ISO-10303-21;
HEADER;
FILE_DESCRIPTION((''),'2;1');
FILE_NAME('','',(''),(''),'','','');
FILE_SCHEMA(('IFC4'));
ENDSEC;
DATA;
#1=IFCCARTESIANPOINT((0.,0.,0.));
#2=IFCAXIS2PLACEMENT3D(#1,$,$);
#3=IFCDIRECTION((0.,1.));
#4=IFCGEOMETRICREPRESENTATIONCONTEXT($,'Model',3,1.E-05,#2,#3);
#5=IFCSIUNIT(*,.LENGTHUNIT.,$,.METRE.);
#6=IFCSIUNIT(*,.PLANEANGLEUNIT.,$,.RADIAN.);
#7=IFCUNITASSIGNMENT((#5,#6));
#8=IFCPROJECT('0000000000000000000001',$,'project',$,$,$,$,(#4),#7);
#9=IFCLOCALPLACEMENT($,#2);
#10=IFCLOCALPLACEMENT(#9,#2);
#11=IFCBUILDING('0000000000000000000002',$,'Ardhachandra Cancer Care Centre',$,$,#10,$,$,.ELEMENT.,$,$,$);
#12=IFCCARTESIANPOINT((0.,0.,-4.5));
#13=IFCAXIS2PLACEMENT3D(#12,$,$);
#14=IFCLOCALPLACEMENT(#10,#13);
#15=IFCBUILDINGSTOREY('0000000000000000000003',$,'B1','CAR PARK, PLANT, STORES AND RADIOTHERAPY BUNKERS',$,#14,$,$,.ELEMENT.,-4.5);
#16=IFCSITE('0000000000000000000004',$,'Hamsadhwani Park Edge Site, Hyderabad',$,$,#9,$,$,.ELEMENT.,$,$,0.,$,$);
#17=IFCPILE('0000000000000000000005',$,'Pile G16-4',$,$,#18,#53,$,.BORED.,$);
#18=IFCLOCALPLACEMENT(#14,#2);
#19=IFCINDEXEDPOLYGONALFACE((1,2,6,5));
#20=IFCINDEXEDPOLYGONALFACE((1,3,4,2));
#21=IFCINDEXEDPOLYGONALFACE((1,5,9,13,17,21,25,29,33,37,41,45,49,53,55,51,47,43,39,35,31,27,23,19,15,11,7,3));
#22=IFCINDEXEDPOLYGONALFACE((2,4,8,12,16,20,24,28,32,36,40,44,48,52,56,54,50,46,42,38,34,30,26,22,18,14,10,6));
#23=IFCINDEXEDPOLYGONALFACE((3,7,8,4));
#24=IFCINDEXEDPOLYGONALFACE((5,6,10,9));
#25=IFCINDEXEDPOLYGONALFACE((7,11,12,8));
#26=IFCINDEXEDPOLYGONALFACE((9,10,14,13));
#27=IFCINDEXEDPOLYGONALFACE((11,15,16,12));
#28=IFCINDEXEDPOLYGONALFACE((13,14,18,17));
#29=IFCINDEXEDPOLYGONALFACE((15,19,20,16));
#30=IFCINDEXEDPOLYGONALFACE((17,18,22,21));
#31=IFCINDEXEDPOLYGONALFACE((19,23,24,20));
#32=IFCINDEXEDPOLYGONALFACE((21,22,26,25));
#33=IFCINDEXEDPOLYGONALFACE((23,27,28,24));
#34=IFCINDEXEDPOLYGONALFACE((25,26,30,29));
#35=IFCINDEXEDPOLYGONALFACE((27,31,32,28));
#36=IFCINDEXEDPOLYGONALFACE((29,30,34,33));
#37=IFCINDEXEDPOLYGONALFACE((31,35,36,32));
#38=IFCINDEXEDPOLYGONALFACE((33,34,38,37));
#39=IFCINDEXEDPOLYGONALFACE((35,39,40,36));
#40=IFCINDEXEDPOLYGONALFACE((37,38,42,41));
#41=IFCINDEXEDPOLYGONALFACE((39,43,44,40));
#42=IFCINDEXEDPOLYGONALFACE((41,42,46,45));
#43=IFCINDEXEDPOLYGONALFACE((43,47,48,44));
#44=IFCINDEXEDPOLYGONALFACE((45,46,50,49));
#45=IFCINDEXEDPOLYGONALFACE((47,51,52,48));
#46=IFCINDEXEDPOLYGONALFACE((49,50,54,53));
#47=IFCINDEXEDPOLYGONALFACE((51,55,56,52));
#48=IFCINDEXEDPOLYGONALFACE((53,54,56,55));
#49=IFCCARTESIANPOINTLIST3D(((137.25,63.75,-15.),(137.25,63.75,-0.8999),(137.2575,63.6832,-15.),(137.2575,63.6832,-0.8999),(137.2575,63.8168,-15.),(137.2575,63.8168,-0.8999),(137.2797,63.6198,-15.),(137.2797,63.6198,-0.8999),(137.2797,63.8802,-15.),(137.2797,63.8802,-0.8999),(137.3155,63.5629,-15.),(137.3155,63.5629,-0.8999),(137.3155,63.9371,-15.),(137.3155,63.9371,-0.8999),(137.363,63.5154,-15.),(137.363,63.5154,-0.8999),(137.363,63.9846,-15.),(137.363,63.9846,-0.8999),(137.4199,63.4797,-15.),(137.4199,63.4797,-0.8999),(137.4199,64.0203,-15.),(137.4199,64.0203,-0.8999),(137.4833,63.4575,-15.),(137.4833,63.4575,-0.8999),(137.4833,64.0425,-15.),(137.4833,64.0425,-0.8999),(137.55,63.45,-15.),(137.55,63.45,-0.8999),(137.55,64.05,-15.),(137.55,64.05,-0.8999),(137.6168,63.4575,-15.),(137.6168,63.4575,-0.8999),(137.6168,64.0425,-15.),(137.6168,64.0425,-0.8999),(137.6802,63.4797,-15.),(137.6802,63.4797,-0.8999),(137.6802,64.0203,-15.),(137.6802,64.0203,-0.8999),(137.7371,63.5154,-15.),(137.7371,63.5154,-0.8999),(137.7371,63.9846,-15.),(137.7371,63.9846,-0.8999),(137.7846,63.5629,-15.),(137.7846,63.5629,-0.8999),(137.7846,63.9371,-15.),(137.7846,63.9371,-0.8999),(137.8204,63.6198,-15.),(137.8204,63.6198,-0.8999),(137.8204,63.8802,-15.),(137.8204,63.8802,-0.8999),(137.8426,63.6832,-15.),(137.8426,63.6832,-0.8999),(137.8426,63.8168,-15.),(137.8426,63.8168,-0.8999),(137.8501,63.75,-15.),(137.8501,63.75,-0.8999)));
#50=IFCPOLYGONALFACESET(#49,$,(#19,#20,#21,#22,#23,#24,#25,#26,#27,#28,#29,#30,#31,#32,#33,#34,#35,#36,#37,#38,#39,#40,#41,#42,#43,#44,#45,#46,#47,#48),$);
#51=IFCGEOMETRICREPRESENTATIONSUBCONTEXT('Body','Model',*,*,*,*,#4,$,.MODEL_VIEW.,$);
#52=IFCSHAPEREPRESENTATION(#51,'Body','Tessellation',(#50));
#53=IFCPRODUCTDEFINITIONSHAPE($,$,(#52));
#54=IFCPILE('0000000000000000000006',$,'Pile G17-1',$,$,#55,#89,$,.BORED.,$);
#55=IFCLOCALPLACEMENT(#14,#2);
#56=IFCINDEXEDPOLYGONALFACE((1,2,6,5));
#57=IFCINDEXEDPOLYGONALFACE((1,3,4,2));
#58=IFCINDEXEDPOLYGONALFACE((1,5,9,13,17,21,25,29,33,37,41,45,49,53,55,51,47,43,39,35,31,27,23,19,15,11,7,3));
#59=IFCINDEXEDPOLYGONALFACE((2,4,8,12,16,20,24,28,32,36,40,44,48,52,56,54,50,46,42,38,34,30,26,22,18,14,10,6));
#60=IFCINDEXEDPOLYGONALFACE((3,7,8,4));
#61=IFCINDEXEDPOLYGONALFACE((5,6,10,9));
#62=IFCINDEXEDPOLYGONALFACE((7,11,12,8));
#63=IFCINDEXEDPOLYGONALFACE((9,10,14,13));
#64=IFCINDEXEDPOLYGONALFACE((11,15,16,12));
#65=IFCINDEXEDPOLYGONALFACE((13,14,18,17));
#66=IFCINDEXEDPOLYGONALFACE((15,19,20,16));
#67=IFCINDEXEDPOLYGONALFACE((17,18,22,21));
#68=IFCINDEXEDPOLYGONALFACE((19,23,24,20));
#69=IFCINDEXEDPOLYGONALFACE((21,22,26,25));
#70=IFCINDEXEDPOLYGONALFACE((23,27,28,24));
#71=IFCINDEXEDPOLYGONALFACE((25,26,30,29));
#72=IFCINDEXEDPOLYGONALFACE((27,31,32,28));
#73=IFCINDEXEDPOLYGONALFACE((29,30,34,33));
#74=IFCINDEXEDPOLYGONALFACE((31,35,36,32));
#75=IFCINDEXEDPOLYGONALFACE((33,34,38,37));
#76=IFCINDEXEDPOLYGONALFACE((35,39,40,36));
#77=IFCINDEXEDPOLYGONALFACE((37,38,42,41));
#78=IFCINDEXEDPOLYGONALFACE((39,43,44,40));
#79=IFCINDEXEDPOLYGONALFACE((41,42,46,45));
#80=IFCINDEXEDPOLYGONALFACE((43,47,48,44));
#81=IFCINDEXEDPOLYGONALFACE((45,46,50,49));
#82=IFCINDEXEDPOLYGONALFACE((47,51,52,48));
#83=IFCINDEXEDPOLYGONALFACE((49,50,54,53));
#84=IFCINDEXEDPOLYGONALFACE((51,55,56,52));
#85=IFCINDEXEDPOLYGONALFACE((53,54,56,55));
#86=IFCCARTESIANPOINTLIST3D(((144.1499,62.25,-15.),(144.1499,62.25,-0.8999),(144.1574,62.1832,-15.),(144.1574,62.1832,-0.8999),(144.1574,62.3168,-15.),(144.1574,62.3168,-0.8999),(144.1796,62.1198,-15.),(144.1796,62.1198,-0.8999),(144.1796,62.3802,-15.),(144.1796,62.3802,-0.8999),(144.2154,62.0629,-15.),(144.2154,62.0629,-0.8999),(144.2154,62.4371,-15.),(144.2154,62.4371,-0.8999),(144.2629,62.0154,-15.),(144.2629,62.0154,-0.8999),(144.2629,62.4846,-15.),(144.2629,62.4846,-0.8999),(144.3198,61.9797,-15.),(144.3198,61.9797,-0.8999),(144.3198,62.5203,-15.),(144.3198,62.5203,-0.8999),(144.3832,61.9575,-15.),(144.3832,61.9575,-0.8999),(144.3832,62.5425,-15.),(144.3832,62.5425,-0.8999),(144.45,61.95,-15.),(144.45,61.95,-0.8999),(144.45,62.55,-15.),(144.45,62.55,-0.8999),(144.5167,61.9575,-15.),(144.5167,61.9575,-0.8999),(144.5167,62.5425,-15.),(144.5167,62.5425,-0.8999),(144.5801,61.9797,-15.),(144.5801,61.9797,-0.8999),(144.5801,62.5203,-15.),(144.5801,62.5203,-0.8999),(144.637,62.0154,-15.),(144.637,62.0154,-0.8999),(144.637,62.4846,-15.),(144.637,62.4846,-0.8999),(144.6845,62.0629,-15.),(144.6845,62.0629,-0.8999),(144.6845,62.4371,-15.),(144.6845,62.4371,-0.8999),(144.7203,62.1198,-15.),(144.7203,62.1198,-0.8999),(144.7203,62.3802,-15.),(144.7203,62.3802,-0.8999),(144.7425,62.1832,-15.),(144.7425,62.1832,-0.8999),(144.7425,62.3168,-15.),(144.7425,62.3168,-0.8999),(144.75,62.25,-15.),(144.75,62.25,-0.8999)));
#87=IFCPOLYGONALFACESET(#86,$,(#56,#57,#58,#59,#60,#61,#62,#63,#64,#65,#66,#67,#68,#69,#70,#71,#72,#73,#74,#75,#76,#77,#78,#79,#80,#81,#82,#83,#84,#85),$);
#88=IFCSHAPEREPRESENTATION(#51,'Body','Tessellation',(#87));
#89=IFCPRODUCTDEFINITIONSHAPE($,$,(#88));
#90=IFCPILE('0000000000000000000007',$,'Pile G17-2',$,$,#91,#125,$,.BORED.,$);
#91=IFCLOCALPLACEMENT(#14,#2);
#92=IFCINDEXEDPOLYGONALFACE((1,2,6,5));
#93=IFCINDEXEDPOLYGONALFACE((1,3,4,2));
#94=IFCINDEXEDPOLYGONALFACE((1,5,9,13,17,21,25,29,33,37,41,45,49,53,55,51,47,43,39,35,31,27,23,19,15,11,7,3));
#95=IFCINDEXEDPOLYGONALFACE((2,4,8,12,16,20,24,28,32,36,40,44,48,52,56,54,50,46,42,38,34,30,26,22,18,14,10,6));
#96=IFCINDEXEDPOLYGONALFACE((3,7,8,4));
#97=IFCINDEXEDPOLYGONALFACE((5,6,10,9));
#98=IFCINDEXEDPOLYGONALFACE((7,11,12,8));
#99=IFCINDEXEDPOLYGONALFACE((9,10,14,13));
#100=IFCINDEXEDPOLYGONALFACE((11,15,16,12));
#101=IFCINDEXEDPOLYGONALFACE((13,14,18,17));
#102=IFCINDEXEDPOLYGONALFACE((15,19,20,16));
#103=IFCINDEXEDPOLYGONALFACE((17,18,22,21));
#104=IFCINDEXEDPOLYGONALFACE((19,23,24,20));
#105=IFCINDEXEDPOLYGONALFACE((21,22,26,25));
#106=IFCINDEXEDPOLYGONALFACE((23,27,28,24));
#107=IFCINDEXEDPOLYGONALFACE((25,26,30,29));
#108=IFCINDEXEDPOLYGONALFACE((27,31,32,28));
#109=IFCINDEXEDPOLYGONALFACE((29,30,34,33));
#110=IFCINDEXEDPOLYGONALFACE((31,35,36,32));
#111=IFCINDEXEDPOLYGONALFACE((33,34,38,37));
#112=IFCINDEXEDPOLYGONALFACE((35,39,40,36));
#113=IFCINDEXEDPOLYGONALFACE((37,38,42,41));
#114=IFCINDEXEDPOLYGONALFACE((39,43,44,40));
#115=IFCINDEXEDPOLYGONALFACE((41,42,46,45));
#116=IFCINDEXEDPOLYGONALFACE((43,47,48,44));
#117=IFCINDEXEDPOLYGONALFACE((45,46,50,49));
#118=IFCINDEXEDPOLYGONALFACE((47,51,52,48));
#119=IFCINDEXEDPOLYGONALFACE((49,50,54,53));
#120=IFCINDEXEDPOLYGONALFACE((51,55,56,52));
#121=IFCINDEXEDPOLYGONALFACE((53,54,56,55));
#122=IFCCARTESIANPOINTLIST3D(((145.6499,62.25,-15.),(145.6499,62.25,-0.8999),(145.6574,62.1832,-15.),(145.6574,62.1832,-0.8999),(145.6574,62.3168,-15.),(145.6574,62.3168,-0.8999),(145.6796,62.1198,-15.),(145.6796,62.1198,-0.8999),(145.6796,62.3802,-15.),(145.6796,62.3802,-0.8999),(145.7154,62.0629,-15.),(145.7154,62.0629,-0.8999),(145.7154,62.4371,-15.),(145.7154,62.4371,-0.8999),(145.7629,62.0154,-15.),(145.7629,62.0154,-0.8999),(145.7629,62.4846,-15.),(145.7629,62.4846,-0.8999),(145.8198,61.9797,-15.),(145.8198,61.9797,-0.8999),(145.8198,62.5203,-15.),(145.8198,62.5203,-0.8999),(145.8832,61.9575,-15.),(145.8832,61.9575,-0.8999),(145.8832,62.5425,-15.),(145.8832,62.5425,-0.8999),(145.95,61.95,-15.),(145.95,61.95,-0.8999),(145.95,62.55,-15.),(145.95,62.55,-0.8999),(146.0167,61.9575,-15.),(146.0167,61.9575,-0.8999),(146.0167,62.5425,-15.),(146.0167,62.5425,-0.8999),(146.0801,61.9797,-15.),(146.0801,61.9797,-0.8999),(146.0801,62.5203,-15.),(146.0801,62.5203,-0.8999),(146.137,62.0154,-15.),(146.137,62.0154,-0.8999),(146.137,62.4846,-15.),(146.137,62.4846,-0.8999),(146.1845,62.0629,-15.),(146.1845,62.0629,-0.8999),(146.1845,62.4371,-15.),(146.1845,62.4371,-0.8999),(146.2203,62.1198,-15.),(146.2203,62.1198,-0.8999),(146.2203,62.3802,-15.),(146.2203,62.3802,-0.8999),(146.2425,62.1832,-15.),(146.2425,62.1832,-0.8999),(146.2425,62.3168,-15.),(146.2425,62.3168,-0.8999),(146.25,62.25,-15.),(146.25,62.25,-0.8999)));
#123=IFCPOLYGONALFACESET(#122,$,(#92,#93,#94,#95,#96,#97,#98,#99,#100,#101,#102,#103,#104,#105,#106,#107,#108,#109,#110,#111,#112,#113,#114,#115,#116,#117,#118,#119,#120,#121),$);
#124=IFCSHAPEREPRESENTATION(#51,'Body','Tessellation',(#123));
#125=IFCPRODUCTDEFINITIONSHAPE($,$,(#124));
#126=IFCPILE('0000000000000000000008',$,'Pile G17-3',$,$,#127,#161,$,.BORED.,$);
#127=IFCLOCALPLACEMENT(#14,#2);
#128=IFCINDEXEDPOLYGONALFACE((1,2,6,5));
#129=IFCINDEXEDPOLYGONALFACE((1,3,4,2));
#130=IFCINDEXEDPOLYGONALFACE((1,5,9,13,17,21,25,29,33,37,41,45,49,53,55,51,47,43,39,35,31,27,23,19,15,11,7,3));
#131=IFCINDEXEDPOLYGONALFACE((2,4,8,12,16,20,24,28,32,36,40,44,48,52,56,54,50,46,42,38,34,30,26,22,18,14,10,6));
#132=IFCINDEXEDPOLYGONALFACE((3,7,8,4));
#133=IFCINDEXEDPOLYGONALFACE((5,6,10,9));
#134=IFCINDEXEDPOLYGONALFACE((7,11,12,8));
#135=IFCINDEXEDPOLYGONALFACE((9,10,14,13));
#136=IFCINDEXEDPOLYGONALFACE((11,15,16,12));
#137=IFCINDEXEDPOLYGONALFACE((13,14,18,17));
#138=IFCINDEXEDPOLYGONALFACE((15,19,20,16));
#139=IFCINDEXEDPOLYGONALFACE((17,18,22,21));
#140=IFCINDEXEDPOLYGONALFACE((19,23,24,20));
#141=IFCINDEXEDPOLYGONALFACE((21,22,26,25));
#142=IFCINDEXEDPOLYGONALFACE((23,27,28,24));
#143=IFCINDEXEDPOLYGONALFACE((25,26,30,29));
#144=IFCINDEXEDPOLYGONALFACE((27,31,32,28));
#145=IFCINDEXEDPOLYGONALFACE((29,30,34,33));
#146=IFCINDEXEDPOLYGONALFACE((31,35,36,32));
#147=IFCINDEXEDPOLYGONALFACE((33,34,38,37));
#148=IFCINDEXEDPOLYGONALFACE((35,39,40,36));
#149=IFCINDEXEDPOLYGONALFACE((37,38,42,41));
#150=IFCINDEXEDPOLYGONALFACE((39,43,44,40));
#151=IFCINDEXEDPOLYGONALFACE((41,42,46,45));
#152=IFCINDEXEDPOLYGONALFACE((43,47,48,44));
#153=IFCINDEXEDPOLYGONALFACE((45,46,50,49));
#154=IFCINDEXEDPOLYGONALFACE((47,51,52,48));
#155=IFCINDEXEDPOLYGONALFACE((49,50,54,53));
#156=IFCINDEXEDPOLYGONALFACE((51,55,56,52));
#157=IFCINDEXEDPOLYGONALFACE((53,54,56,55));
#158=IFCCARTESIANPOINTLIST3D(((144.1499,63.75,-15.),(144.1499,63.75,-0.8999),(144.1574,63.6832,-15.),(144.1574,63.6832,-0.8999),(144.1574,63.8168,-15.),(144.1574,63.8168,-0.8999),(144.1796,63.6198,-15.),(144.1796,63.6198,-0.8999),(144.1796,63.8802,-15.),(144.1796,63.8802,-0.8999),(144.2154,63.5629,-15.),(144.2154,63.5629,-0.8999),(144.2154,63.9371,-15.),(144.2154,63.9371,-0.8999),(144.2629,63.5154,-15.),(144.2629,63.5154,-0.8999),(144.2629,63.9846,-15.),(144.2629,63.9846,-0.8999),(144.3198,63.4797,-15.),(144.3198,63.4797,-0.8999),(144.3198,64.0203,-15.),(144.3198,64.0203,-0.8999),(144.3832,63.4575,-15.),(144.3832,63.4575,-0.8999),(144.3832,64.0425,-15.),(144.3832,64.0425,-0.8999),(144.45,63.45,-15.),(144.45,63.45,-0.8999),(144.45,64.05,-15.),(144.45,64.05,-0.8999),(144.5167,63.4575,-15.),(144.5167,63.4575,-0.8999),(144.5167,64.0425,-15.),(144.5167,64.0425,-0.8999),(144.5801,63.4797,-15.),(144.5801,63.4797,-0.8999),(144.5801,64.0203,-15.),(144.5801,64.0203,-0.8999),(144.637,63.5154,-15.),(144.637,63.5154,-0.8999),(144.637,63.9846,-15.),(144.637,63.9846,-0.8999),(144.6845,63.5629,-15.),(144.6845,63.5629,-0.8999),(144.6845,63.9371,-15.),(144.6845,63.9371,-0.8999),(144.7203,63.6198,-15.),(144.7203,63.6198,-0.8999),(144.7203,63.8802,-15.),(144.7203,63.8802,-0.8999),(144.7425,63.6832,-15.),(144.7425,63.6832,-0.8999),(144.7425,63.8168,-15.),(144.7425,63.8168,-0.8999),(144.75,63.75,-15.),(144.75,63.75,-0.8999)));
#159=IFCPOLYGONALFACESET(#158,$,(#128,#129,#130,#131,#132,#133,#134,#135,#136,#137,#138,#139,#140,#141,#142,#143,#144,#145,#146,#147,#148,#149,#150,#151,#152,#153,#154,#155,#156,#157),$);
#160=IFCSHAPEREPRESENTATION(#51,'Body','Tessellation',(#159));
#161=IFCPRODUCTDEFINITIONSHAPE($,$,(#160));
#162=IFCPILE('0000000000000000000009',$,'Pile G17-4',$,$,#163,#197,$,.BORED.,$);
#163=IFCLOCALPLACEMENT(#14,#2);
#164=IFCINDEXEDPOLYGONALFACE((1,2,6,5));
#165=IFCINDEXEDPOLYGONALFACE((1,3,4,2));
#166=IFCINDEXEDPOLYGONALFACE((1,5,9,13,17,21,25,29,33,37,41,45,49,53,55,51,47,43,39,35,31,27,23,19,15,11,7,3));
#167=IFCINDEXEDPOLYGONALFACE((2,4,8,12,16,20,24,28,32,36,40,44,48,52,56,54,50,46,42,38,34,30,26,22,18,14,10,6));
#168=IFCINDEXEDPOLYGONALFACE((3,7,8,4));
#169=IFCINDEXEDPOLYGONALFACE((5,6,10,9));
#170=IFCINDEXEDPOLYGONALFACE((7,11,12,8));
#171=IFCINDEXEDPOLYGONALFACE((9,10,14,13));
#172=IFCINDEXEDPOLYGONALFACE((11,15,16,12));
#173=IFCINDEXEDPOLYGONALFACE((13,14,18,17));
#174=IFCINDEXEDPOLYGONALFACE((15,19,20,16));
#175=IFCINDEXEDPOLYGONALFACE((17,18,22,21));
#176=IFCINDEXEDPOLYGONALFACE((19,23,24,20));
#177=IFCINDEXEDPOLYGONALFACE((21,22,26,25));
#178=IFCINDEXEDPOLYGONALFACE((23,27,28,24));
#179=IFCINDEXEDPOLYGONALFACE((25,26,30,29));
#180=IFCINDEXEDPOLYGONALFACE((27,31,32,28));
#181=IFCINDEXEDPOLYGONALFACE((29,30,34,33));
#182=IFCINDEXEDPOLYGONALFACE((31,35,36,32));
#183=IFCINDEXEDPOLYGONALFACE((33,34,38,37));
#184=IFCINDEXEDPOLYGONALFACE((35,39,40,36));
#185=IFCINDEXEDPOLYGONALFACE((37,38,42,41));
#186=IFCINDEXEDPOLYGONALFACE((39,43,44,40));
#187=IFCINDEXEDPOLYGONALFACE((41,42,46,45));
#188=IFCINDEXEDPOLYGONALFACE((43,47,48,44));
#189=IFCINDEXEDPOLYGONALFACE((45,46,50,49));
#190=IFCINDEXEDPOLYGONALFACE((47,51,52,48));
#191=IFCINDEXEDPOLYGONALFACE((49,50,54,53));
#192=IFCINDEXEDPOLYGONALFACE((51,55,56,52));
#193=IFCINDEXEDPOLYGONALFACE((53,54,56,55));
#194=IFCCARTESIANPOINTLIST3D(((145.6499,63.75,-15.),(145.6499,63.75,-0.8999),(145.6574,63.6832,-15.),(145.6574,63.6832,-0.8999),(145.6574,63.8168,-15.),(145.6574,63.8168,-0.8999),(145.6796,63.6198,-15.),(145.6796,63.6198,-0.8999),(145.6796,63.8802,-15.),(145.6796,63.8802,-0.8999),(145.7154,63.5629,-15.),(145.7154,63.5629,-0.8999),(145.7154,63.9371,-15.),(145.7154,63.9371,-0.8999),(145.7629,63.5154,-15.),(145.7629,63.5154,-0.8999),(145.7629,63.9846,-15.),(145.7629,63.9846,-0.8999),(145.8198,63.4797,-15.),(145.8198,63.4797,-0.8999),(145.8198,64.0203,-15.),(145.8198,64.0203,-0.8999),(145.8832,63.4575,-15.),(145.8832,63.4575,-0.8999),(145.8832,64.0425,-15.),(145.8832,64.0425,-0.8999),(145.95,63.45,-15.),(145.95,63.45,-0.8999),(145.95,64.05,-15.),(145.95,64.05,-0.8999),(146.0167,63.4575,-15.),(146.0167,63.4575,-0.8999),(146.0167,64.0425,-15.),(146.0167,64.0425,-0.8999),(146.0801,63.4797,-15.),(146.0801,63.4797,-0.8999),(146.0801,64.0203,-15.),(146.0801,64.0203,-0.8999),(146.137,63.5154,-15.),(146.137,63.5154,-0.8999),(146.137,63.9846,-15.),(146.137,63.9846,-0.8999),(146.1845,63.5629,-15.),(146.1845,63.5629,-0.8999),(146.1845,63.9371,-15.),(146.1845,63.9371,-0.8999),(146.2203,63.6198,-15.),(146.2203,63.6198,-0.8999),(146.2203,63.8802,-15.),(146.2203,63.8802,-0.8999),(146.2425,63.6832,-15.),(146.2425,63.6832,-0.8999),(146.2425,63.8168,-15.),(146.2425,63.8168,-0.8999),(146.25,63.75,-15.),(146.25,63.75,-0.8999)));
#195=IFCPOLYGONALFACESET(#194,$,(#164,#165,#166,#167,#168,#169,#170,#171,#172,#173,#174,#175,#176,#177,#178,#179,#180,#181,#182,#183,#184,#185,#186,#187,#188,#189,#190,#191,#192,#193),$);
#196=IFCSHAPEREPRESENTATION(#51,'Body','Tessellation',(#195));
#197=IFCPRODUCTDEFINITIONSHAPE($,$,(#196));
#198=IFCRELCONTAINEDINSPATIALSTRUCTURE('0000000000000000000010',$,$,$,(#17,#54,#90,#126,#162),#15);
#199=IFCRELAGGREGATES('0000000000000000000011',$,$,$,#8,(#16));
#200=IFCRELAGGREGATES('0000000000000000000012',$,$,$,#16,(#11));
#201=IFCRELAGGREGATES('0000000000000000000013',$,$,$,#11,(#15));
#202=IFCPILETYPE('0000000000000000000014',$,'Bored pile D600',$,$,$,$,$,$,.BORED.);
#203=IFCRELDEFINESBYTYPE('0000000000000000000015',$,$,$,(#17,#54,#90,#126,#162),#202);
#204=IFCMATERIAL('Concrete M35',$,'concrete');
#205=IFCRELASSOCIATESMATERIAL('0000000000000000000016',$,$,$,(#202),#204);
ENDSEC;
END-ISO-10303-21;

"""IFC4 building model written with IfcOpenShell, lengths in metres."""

from ifc_helpers import new_model, si_unit, direction, frame, origin, origin_2d, place, context, subcontext, project, spatial, circle, extrude, material, material_profile, profile_set, type_object, element, save


model = new_model("IFC4")

# Units and contexts
model_context = context("Model", 3, precision=1e-05, world=origin(), true_north=direction((0.0, 1.0)))
body_context = subcontext(model_context, "Body", "Model", "MODEL_VIEW")
ifc_project = project(units=[si_unit("LENGTHUNIT", "METRE"), si_unit("PLANEANGLEUNIT", "RADIAN")], contexts=[model_context])

# Site, building, storey
site_placement = place(None, origin())
site = spatial("IfcSite", under=ifc_project, at=site_placement, Name="Hamsadhwani Park Edge Site, Hyderabad", CompositionType="ELEMENT", RefElevation=0.0)
building_placement = place(site_placement, origin())
building = spatial("IfcBuilding", under=site, at=building_placement, Name="Ardhachandra Cancer Care Centre", CompositionType="ELEMENT")
storey_placement = place(building_placement, frame((0.0, 0.0, -4.5)))
storey = spatial("IfcBuildingStorey", under=building, at=storey_placement, Name="B1", Description="CAR PARK, PLANT, STORES AND RADIOTHERAPY BUNKERS", CompositionType="ELEMENT", Elevation=-4.5)

# Piles
ifc_material_1 = material(Name="Concrete M35", Category="concrete")
ifc_material_profile_1 = material_profile(ifc_material_1, circle(Radius=0.3, at=origin_2d()), Name="D600")
ifc_profile_set_1 = profile_set([ifc_material_profile_1], Name="Concrete M35")
pile_type = type_object("IfcPileType", Name="Bored pile D600", PredefinedType="BORED", material=ifc_profile_set_1)
for number, where, z_axis, x_axis, name in (
    (1, (137.55, 63.75, -0.8999), (0.0, 0.0, -1.0), (1.0, 0.0, 0.0), "Pile G16-4"),
    (2, (144.45, 62.25, -0.8999), (0.0, 0.0, -1.0), (1.0, 0.0, 0.0), "Pile G17-1"),
    (3, (145.95, 62.25, -0.8999), (0.0, 0.0, -1.0), (1.0, 0.0, 0.0), "Pile G17-2"),
    (4, (144.45, 63.75, -0.8999), (0.0, 0.0, -1.0), (1.0, 0.0, 0.0), "Pile G17-3"),
    (5, (145.95, 63.75, -0.8999), (0.0, 0.0, -1.0), (1.0, 0.0, 0.0), "Pile G17-4"),
):
    element("IfcPile", number, at=place(storey_placement, frame(where, z_axis=z_axis, x_axis=x_axis)), inside=storey, type_object=pile_type, Name=name, PredefinedType="BORED", context=body_context, shape_type="SweptSolid", body=[
        extrude(circle(Radius=0.3, at=origin_2d()), origin(), (0.0, 0.0, 1.0), 14.1001),
    ])

save(model, "model.ifc")
